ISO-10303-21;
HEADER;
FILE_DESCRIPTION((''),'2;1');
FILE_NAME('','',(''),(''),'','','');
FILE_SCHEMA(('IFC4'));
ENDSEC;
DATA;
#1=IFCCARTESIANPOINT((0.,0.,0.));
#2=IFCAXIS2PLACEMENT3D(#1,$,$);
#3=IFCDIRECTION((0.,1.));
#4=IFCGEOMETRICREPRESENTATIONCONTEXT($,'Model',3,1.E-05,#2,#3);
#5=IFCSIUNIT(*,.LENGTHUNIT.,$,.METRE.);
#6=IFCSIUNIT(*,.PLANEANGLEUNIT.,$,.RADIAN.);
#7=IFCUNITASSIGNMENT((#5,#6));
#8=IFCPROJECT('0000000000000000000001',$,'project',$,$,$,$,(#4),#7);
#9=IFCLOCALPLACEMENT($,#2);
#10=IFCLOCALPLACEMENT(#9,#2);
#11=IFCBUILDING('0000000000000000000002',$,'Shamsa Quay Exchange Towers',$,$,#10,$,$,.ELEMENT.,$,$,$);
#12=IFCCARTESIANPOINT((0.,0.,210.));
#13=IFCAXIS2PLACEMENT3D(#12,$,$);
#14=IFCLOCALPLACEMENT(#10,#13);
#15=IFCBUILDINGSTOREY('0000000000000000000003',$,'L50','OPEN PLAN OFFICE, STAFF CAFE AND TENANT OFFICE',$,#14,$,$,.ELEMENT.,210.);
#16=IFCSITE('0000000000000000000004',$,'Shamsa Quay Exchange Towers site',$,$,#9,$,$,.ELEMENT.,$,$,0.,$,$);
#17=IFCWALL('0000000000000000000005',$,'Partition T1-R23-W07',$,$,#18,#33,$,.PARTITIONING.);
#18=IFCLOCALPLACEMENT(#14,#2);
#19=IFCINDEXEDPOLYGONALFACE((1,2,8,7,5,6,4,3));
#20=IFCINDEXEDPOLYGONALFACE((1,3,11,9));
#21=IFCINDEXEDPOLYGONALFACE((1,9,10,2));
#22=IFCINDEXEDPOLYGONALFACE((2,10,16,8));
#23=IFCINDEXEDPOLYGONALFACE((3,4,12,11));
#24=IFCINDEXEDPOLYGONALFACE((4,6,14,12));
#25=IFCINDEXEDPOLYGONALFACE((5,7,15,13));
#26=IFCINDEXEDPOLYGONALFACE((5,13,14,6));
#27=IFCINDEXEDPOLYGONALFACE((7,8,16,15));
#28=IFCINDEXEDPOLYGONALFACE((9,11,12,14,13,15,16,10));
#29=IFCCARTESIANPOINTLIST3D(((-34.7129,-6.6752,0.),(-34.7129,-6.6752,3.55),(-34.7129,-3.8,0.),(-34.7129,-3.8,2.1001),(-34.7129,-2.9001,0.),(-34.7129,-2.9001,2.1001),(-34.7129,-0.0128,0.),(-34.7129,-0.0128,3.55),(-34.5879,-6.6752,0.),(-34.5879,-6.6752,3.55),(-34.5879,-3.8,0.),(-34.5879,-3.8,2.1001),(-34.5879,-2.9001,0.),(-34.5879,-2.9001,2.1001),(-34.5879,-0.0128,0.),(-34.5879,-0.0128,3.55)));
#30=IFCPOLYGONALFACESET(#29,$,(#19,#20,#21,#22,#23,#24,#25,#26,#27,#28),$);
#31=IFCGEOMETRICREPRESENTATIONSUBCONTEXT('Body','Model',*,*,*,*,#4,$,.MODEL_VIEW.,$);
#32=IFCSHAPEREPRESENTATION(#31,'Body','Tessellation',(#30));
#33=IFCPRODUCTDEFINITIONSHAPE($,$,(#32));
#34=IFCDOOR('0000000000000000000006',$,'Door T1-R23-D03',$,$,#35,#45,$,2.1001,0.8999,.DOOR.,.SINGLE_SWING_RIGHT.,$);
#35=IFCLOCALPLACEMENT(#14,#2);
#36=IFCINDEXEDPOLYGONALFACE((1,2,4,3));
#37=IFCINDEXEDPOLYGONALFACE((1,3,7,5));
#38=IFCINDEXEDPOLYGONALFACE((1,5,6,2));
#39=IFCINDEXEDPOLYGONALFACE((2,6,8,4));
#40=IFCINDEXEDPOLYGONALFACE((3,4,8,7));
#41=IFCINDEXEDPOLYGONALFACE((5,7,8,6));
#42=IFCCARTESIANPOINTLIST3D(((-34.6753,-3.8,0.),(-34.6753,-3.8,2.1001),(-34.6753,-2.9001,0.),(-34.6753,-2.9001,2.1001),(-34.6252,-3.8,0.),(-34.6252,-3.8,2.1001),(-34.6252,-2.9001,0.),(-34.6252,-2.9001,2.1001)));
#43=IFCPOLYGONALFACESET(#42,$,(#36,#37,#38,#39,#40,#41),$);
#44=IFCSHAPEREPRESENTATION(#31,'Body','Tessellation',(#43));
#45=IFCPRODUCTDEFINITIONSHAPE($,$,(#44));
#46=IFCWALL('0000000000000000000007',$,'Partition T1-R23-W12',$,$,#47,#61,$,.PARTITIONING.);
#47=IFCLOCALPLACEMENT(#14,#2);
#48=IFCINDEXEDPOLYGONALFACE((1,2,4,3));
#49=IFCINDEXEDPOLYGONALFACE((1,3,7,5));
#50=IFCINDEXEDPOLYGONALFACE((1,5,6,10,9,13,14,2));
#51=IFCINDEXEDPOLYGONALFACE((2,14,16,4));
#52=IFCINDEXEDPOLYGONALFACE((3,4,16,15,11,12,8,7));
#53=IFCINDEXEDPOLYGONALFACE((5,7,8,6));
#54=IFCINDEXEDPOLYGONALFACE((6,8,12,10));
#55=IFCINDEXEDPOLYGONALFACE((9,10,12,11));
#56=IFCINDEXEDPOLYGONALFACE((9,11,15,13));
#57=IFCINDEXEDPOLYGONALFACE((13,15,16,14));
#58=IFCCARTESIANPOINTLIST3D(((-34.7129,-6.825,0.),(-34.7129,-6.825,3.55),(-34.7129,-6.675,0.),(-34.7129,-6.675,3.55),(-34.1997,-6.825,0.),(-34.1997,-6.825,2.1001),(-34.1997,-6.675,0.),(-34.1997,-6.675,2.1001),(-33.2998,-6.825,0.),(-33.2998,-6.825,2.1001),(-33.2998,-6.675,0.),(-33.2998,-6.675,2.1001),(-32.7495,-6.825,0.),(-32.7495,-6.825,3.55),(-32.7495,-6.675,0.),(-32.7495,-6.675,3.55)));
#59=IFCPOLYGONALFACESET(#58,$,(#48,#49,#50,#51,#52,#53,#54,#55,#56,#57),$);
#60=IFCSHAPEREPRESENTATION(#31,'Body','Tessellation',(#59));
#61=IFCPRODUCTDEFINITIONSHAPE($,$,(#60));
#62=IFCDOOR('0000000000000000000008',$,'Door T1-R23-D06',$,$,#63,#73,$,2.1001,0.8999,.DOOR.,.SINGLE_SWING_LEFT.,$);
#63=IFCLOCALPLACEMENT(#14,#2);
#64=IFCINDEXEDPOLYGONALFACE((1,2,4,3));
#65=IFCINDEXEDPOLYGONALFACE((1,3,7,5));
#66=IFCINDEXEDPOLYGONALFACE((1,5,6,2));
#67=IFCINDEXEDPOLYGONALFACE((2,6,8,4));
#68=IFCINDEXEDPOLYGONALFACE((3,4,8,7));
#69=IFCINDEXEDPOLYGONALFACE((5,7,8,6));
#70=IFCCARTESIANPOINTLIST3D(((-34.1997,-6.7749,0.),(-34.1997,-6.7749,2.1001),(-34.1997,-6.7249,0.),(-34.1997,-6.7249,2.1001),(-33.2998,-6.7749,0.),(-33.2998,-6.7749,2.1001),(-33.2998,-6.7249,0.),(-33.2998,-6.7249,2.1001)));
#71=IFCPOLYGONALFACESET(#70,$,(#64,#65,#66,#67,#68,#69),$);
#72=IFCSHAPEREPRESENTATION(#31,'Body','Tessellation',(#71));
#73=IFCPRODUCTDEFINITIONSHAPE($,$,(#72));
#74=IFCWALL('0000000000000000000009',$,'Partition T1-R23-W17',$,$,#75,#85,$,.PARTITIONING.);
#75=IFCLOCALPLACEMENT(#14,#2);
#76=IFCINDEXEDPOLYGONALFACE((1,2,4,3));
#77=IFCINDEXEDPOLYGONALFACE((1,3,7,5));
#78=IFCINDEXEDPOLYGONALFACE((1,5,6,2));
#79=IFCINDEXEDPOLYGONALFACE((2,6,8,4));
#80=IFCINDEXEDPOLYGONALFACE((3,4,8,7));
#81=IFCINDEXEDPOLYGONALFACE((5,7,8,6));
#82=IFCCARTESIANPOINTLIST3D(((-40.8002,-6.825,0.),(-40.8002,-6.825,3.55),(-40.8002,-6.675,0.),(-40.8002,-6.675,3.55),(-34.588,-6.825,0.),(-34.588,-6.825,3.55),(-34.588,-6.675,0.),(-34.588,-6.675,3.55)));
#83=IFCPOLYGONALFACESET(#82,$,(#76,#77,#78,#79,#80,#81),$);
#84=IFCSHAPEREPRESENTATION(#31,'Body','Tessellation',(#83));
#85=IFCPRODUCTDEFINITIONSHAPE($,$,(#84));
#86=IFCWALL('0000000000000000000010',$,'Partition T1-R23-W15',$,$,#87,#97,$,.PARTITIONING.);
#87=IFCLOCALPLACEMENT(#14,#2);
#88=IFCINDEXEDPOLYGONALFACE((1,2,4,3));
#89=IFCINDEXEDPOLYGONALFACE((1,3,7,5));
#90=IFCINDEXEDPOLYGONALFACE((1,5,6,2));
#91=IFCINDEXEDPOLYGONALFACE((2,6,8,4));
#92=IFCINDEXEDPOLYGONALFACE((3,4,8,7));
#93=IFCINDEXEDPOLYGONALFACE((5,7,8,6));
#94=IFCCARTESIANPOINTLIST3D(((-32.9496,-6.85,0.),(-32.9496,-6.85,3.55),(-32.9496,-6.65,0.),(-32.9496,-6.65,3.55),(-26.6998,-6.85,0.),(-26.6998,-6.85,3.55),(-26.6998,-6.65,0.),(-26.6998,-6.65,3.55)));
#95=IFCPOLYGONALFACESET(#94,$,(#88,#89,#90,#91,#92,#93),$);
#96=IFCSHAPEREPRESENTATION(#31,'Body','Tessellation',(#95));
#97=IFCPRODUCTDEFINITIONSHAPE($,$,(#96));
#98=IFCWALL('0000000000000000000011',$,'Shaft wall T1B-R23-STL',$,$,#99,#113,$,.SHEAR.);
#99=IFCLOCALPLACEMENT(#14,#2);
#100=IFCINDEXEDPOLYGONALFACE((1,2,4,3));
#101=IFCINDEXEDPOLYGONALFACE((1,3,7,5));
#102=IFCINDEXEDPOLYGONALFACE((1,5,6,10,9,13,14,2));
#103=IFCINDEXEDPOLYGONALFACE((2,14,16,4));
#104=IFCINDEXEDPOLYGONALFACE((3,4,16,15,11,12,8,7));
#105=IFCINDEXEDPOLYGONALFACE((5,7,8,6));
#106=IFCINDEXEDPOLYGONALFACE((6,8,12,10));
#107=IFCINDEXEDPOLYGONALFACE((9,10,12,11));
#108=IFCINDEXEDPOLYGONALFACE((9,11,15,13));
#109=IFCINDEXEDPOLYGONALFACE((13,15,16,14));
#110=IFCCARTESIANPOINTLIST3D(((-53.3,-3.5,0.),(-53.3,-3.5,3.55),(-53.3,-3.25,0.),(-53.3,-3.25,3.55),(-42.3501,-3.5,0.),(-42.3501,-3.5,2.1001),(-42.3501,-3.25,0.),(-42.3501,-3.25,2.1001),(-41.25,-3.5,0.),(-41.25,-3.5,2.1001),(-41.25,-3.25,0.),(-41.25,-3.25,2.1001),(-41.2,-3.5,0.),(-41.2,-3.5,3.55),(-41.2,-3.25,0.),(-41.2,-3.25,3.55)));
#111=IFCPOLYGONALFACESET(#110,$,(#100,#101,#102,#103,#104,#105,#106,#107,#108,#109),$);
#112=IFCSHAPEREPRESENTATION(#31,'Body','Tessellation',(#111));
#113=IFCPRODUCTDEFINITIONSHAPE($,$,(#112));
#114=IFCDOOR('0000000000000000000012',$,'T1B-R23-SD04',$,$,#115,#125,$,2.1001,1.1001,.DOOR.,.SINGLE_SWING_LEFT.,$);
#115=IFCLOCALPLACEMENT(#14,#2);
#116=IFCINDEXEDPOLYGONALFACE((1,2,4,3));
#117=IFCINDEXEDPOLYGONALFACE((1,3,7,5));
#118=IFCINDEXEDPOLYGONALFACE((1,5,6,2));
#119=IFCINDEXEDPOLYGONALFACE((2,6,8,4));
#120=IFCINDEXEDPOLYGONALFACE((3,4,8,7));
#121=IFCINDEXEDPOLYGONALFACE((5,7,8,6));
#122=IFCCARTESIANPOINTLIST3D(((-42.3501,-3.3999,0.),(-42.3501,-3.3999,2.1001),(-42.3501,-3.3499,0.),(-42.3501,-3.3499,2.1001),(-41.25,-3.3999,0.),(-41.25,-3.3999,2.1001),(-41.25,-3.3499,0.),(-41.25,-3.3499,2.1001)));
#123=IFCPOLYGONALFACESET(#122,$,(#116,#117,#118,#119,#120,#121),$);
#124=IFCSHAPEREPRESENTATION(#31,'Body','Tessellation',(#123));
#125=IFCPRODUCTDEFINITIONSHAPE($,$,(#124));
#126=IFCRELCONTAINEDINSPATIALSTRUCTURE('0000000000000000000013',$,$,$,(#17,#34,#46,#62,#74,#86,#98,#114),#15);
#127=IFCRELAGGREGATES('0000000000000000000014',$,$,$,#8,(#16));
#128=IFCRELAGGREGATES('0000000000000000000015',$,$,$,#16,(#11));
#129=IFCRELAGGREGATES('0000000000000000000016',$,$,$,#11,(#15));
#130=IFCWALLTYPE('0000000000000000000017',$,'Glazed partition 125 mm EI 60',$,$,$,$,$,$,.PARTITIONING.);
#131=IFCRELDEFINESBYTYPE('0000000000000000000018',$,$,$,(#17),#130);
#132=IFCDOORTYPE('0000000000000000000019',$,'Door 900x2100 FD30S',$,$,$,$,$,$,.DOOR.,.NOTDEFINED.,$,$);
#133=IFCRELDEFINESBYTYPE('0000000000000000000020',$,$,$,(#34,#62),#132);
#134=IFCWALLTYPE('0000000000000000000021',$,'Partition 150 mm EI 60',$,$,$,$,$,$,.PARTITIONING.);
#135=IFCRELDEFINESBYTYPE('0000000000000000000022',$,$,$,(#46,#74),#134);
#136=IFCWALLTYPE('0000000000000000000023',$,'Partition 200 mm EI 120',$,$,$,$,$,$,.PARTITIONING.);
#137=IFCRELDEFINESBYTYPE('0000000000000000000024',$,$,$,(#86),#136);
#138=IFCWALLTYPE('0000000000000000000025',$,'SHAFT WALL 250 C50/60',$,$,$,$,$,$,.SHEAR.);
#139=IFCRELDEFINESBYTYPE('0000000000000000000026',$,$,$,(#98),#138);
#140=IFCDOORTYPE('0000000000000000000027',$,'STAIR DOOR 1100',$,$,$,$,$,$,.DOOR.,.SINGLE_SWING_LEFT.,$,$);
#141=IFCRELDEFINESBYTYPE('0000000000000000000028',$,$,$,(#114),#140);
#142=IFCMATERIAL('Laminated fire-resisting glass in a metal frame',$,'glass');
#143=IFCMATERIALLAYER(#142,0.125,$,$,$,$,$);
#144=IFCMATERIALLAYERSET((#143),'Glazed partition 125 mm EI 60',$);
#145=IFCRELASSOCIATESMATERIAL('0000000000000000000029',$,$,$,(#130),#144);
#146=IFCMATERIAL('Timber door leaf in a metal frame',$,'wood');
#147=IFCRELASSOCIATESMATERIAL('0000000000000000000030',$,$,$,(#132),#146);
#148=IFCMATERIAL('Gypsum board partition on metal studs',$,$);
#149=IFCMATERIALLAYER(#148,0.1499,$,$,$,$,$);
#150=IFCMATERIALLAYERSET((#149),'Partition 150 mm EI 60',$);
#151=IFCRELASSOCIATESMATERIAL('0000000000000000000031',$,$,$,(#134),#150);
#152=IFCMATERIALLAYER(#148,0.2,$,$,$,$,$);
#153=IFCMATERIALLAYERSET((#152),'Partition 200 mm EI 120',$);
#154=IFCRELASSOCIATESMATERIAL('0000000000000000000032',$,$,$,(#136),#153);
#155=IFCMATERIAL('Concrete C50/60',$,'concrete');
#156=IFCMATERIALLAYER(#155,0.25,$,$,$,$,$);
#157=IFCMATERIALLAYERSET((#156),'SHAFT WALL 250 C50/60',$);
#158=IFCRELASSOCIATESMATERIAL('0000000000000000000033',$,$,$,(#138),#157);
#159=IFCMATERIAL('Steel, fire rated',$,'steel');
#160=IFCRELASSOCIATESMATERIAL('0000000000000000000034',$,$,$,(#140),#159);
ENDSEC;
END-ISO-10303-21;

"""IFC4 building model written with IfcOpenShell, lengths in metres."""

from ifc_helpers import new_model, si_unit, direction, frame, frame_2d, origin, place, context, subcontext, project, spatial, rectangle, extrude, material, layer, layer_set, type_object, element, fill, save


model = new_model("IFC4")

# Units and contexts
model_context = context("Model", 3, precision=1e-05, world=origin(), true_north=direction((0.0, 1.0)))
body_context = subcontext(model_context, "Body", "Model", "MODEL_VIEW")
ifc_project = project(units=[si_unit("LENGTHUNIT", "METRE"), si_unit("PLANEANGLEUNIT", "RADIAN")], contexts=[model_context])

# Site, building, storey
site_placement = place(None, origin())
site = spatial("IfcSite", under=ifc_project, at=site_placement, Name="Shamsa Quay Exchange Towers site", CompositionType="ELEMENT", RefElevation=0.0)
building_placement = place(site_placement, origin())
building = spatial("IfcBuilding", under=site, at=building_placement, Name="Shamsa Quay Exchange Towers", CompositionType="ELEMENT")
storey_placement = place(building_placement, frame((0.0, 0.0, 210.0)))
storey = spatial("IfcBuildingStorey", under=building, at=storey_placement, Name="L50", Description="OPEN PLAN OFFICE, STAFF CAFE AND TENANT OFFICE", CompositionType="ELEMENT", Elevation=210.0)

# Walls, openings, doors
ifc_material_1 = material(Name="Steel, fire rated", Category="steel")
ifc_material_2 = material(Name="Laminated fire-resisting glass in a metal frame", Category="glass")
ifc_layer_1 = layer(ifc_material_2, 0.125)
ifc_layer_set_1 = layer_set([ifc_layer_1], Name="Glazed partition 125 mm EI 60")
wall_type_1 = type_object("IfcWallType", Name="Glazed partition 125 mm EI 60", PredefinedType="PARTITIONING", material=ifc_layer_set_1)
wall_1_placement = place(storey_placement, frame((-34.6504, -6.675, 0.0), z_axis=(0.0, 0.0, 1.0), x_axis=(0.0, 1.0, 0.0)))
wall_1 = element("IfcWall", 1, at=wall_1_placement, inside=storey, type_object=wall_type_1, Name="Partition T1-R23-W07", PredefinedType="PARTITIONING", context=body_context, shape_type="SweptSolid", body=[
    extrude(rectangle(XDim=6.6624, YDim=0.125, at=frame_2d((3.3311, 0.0))), origin(), (0.0, 0.0, 1.0), 3.55),
])
opening_1_placement = place(wall_1_placement, frame((2.875, 0.0, 0.0)))
opening_1 = element("IfcOpeningElement", 2, at=opening_1_placement, cuts=wall_1, PredefinedType="OPENING", context=body_context, shape_type="SweptSolid", body=[
    extrude(rectangle(XDim=0.8999, YDim=2.1001, at=frame_2d((0.45, 1.05))), frame((0.0, 0.0725, 0.0), z_axis=(0.0, -1.0, 0.0), x_axis=(1.0, 0.0, 0.0)), (0.0, 0.0, 1.0), 0.145),
])
ifc_material_3 = material(Name="Timber door leaf in a metal frame", Category="wood")
door_type_1 = type_object("IfcDoorType", Name="Door 900x2100 FD30S", OperationType="NOTDEFINED", PredefinedType="DOOR", material=ifc_material_3)
door_1_placement = place(opening_1_placement, origin())
door_1 = element("IfcDoor", 3, at=door_1_placement, inside=storey, type_object=door_type_1, Name="Door T1-R23-D03", OperationType="SINGLE_SWING_RIGHT", OverallHeight=2.1001, OverallWidth=0.8999, PredefinedType="DOOR", context=body_context, shape_type="SweptSolid", body=[
    extrude(rectangle(XDim=0.8999, YDim=2.1001, at=frame_2d((0.45, 1.05))), frame((0.0, 0.0249, 0.0), z_axis=(0.0, -1.0, 0.0), x_axis=(1.0, 0.0, 0.0)), (0.0, 0.0, 1.0), 0.05),
])
fill(opening_1, door_1)
ifc_material_4 = material(Name="Gypsum board partition on metal studs")
ifc_layer_2 = layer(ifc_material_4, 0.1499)
ifc_layer_set_2 = layer_set([ifc_layer_2], Name="Partition 150 mm EI 60")
wall_type_2 = type_object("IfcWallType", Name="Partition 150 mm EI 60", PredefinedType="PARTITIONING", material=ifc_layer_set_2)
wall_2_placement = place(storey_placement, frame((-32.7495, -6.75, 0.0), z_axis=(0.0, 0.0, 1.0), x_axis=(-1.0, 0.0, 0.0)))
wall_2 = element("IfcWall", 4, at=wall_2_placement, inside=storey, type_object=wall_type_2, Name="Partition T1-R23-W12", PredefinedType="PARTITIONING", context=body_context, shape_type="SweptSolid", body=[
    extrude(rectangle(XDim=1.9634, YDim=0.1499, at=frame_2d((0.9817, 0.0))), origin(), (0.0, 0.0, 1.0), 3.55),
])
opening_2_placement = place(wall_2_placement, frame((0.5503, 0.0, 0.0)))
opening_2 = element("IfcOpeningElement", 5, at=opening_2_placement, cuts=wall_2, PredefinedType="OPENING", context=body_context, shape_type="SweptSolid", body=[
    extrude(rectangle(XDim=0.8999, YDim=2.1001, at=frame_2d((0.45, 1.05))), frame((0.0, 0.085, 0.0), z_axis=(0.0, -1.0, 0.0), x_axis=(1.0, 0.0, 0.0)), (0.0, 0.0, 1.0), 0.1699),
])
door_2_placement = place(opening_2_placement, origin())
door_2 = element("IfcDoor", 6, at=door_2_placement, inside=storey, type_object=door_type_1, Name="Door T1-R23-D06", OperationType="SINGLE_SWING_LEFT", OverallHeight=2.1001, OverallWidth=0.8999, PredefinedType="DOOR", context=body_context, shape_type="SweptSolid", body=[
    extrude(rectangle(XDim=0.8999, YDim=2.1001, at=frame_2d((0.45, 1.05))), frame((0.0, 0.0249, 0.0), z_axis=(0.0, -1.0, 0.0), x_axis=(1.0, 0.0, 0.0)), (0.0, 0.0, 1.0), 0.05),
])
fill(opening_2, door_2)

# Walls
wall_3_placement = place(storey_placement, frame((-40.8, -6.75, 0.0)))
element("IfcWall", 7, at=wall_3_placement, inside=storey, type_object=wall_type_2, Name="Partition T1-R23-W17", PredefinedType="PARTITIONING", context=body_context, shape_type="SweptSolid", body=[
    extrude(rectangle(XDim=6.2122, YDim=0.1499, at=frame_2d((3.106, 0.0))), origin(), (0.0, 0.0, 1.0), 3.55),
])
ifc_layer_3 = layer(ifc_material_4, 0.2)
ifc_layer_set_3 = layer_set([ifc_layer_3], Name="Partition 200 mm EI 120")
wall_type_3 = type_object("IfcWallType", Name="Partition 200 mm EI 120", PredefinedType="PARTITIONING", material=ifc_layer_set_3)
wall_4_placement = place(storey_placement, frame((-32.9497, -6.75, 0.0)))
element("IfcWall", 8, at=wall_4_placement, inside=storey, type_object=wall_type_3, Name="Partition T1-R23-W15", PredefinedType="PARTITIONING", context=body_context, shape_type="SweptSolid", body=[
    extrude(rectangle(XDim=6.2498, YDim=0.2, at=frame_2d((3.125, 0.0))), origin(), (0.0, 0.0, 1.0), 3.55),
])

# Wall, opening, door
ifc_material_5 = material(Name="Concrete C50/60", Category="concrete")
ifc_layer_4 = layer(ifc_material_5, 0.25)
ifc_layer_set_4 = layer_set([ifc_layer_4], Name="SHAFT WALL 250 C50/60")
wall_type_4 = type_object("IfcWallType", Name="SHAFT WALL 250 C50/60", PredefinedType="SHEAR", material=ifc_layer_set_4)
wall_5_placement = place(storey_placement, frame((-41.2, -3.375, 0.0), z_axis=(0.0, 0.0, 1.0), x_axis=(-1.0, 0.0, 0.0)))
wall_5 = element("IfcWall", 9, at=wall_5_placement, inside=storey, type_object=wall_type_4, Name="Shaft wall T1B-R23-STL", PredefinedType="SHEAR", context=body_context, shape_type="SweptSolid", body=[
    extrude(rectangle(XDim=12.1001, YDim=0.25, at=frame_2d((6.05, 0.0))), origin(), (0.0, 0.0, 1.0), 3.55),
])
opening_3_placement = place(wall_5_placement, frame((0.05, 0.0, 0.0)))
opening_3 = element("IfcOpeningElement", 10, at=opening_3_placement, cuts=wall_5, PredefinedType="OPENING", context=body_context, shape_type="SweptSolid", body=[
    extrude(rectangle(XDim=1.1001, YDim=2.1001, at=frame_2d((0.55, 1.05))), frame((0.0, 0.135, 0.0), z_axis=(0.0, -1.0, 0.0), x_axis=(1.0, 0.0, 0.0)), (0.0, 0.0, 1.0), 0.27),
])
door_type_2 = type_object("IfcDoorType", Name="STAIR DOOR 1100", OperationType="SINGLE_SWING_LEFT", PredefinedType="DOOR", material=ifc_material_1)
door_3_placement = place(opening_3_placement, origin())
door_3 = element("IfcDoor", 11, at=door_3_placement, inside=storey, type_object=door_type_2, Name="T1B-R23-SD04", OperationType="SINGLE_SWING_LEFT", OverallHeight=2.1001, OverallWidth=1.1001, PredefinedType="DOOR", context=body_context, shape_type="SweptSolid", body=[
    extrude(rectangle(XDim=1.1001, YDim=2.1001, at=frame_2d((0.55, 1.05))), frame((0.0, 0.0249, 0.0), z_axis=(0.0, -1.0, 0.0), x_axis=(1.0, 0.0, 0.0)), (0.0, 0.0, 1.0), 0.05),
])
fill(opening_3, door_3)

save(model, "model.ifc")
